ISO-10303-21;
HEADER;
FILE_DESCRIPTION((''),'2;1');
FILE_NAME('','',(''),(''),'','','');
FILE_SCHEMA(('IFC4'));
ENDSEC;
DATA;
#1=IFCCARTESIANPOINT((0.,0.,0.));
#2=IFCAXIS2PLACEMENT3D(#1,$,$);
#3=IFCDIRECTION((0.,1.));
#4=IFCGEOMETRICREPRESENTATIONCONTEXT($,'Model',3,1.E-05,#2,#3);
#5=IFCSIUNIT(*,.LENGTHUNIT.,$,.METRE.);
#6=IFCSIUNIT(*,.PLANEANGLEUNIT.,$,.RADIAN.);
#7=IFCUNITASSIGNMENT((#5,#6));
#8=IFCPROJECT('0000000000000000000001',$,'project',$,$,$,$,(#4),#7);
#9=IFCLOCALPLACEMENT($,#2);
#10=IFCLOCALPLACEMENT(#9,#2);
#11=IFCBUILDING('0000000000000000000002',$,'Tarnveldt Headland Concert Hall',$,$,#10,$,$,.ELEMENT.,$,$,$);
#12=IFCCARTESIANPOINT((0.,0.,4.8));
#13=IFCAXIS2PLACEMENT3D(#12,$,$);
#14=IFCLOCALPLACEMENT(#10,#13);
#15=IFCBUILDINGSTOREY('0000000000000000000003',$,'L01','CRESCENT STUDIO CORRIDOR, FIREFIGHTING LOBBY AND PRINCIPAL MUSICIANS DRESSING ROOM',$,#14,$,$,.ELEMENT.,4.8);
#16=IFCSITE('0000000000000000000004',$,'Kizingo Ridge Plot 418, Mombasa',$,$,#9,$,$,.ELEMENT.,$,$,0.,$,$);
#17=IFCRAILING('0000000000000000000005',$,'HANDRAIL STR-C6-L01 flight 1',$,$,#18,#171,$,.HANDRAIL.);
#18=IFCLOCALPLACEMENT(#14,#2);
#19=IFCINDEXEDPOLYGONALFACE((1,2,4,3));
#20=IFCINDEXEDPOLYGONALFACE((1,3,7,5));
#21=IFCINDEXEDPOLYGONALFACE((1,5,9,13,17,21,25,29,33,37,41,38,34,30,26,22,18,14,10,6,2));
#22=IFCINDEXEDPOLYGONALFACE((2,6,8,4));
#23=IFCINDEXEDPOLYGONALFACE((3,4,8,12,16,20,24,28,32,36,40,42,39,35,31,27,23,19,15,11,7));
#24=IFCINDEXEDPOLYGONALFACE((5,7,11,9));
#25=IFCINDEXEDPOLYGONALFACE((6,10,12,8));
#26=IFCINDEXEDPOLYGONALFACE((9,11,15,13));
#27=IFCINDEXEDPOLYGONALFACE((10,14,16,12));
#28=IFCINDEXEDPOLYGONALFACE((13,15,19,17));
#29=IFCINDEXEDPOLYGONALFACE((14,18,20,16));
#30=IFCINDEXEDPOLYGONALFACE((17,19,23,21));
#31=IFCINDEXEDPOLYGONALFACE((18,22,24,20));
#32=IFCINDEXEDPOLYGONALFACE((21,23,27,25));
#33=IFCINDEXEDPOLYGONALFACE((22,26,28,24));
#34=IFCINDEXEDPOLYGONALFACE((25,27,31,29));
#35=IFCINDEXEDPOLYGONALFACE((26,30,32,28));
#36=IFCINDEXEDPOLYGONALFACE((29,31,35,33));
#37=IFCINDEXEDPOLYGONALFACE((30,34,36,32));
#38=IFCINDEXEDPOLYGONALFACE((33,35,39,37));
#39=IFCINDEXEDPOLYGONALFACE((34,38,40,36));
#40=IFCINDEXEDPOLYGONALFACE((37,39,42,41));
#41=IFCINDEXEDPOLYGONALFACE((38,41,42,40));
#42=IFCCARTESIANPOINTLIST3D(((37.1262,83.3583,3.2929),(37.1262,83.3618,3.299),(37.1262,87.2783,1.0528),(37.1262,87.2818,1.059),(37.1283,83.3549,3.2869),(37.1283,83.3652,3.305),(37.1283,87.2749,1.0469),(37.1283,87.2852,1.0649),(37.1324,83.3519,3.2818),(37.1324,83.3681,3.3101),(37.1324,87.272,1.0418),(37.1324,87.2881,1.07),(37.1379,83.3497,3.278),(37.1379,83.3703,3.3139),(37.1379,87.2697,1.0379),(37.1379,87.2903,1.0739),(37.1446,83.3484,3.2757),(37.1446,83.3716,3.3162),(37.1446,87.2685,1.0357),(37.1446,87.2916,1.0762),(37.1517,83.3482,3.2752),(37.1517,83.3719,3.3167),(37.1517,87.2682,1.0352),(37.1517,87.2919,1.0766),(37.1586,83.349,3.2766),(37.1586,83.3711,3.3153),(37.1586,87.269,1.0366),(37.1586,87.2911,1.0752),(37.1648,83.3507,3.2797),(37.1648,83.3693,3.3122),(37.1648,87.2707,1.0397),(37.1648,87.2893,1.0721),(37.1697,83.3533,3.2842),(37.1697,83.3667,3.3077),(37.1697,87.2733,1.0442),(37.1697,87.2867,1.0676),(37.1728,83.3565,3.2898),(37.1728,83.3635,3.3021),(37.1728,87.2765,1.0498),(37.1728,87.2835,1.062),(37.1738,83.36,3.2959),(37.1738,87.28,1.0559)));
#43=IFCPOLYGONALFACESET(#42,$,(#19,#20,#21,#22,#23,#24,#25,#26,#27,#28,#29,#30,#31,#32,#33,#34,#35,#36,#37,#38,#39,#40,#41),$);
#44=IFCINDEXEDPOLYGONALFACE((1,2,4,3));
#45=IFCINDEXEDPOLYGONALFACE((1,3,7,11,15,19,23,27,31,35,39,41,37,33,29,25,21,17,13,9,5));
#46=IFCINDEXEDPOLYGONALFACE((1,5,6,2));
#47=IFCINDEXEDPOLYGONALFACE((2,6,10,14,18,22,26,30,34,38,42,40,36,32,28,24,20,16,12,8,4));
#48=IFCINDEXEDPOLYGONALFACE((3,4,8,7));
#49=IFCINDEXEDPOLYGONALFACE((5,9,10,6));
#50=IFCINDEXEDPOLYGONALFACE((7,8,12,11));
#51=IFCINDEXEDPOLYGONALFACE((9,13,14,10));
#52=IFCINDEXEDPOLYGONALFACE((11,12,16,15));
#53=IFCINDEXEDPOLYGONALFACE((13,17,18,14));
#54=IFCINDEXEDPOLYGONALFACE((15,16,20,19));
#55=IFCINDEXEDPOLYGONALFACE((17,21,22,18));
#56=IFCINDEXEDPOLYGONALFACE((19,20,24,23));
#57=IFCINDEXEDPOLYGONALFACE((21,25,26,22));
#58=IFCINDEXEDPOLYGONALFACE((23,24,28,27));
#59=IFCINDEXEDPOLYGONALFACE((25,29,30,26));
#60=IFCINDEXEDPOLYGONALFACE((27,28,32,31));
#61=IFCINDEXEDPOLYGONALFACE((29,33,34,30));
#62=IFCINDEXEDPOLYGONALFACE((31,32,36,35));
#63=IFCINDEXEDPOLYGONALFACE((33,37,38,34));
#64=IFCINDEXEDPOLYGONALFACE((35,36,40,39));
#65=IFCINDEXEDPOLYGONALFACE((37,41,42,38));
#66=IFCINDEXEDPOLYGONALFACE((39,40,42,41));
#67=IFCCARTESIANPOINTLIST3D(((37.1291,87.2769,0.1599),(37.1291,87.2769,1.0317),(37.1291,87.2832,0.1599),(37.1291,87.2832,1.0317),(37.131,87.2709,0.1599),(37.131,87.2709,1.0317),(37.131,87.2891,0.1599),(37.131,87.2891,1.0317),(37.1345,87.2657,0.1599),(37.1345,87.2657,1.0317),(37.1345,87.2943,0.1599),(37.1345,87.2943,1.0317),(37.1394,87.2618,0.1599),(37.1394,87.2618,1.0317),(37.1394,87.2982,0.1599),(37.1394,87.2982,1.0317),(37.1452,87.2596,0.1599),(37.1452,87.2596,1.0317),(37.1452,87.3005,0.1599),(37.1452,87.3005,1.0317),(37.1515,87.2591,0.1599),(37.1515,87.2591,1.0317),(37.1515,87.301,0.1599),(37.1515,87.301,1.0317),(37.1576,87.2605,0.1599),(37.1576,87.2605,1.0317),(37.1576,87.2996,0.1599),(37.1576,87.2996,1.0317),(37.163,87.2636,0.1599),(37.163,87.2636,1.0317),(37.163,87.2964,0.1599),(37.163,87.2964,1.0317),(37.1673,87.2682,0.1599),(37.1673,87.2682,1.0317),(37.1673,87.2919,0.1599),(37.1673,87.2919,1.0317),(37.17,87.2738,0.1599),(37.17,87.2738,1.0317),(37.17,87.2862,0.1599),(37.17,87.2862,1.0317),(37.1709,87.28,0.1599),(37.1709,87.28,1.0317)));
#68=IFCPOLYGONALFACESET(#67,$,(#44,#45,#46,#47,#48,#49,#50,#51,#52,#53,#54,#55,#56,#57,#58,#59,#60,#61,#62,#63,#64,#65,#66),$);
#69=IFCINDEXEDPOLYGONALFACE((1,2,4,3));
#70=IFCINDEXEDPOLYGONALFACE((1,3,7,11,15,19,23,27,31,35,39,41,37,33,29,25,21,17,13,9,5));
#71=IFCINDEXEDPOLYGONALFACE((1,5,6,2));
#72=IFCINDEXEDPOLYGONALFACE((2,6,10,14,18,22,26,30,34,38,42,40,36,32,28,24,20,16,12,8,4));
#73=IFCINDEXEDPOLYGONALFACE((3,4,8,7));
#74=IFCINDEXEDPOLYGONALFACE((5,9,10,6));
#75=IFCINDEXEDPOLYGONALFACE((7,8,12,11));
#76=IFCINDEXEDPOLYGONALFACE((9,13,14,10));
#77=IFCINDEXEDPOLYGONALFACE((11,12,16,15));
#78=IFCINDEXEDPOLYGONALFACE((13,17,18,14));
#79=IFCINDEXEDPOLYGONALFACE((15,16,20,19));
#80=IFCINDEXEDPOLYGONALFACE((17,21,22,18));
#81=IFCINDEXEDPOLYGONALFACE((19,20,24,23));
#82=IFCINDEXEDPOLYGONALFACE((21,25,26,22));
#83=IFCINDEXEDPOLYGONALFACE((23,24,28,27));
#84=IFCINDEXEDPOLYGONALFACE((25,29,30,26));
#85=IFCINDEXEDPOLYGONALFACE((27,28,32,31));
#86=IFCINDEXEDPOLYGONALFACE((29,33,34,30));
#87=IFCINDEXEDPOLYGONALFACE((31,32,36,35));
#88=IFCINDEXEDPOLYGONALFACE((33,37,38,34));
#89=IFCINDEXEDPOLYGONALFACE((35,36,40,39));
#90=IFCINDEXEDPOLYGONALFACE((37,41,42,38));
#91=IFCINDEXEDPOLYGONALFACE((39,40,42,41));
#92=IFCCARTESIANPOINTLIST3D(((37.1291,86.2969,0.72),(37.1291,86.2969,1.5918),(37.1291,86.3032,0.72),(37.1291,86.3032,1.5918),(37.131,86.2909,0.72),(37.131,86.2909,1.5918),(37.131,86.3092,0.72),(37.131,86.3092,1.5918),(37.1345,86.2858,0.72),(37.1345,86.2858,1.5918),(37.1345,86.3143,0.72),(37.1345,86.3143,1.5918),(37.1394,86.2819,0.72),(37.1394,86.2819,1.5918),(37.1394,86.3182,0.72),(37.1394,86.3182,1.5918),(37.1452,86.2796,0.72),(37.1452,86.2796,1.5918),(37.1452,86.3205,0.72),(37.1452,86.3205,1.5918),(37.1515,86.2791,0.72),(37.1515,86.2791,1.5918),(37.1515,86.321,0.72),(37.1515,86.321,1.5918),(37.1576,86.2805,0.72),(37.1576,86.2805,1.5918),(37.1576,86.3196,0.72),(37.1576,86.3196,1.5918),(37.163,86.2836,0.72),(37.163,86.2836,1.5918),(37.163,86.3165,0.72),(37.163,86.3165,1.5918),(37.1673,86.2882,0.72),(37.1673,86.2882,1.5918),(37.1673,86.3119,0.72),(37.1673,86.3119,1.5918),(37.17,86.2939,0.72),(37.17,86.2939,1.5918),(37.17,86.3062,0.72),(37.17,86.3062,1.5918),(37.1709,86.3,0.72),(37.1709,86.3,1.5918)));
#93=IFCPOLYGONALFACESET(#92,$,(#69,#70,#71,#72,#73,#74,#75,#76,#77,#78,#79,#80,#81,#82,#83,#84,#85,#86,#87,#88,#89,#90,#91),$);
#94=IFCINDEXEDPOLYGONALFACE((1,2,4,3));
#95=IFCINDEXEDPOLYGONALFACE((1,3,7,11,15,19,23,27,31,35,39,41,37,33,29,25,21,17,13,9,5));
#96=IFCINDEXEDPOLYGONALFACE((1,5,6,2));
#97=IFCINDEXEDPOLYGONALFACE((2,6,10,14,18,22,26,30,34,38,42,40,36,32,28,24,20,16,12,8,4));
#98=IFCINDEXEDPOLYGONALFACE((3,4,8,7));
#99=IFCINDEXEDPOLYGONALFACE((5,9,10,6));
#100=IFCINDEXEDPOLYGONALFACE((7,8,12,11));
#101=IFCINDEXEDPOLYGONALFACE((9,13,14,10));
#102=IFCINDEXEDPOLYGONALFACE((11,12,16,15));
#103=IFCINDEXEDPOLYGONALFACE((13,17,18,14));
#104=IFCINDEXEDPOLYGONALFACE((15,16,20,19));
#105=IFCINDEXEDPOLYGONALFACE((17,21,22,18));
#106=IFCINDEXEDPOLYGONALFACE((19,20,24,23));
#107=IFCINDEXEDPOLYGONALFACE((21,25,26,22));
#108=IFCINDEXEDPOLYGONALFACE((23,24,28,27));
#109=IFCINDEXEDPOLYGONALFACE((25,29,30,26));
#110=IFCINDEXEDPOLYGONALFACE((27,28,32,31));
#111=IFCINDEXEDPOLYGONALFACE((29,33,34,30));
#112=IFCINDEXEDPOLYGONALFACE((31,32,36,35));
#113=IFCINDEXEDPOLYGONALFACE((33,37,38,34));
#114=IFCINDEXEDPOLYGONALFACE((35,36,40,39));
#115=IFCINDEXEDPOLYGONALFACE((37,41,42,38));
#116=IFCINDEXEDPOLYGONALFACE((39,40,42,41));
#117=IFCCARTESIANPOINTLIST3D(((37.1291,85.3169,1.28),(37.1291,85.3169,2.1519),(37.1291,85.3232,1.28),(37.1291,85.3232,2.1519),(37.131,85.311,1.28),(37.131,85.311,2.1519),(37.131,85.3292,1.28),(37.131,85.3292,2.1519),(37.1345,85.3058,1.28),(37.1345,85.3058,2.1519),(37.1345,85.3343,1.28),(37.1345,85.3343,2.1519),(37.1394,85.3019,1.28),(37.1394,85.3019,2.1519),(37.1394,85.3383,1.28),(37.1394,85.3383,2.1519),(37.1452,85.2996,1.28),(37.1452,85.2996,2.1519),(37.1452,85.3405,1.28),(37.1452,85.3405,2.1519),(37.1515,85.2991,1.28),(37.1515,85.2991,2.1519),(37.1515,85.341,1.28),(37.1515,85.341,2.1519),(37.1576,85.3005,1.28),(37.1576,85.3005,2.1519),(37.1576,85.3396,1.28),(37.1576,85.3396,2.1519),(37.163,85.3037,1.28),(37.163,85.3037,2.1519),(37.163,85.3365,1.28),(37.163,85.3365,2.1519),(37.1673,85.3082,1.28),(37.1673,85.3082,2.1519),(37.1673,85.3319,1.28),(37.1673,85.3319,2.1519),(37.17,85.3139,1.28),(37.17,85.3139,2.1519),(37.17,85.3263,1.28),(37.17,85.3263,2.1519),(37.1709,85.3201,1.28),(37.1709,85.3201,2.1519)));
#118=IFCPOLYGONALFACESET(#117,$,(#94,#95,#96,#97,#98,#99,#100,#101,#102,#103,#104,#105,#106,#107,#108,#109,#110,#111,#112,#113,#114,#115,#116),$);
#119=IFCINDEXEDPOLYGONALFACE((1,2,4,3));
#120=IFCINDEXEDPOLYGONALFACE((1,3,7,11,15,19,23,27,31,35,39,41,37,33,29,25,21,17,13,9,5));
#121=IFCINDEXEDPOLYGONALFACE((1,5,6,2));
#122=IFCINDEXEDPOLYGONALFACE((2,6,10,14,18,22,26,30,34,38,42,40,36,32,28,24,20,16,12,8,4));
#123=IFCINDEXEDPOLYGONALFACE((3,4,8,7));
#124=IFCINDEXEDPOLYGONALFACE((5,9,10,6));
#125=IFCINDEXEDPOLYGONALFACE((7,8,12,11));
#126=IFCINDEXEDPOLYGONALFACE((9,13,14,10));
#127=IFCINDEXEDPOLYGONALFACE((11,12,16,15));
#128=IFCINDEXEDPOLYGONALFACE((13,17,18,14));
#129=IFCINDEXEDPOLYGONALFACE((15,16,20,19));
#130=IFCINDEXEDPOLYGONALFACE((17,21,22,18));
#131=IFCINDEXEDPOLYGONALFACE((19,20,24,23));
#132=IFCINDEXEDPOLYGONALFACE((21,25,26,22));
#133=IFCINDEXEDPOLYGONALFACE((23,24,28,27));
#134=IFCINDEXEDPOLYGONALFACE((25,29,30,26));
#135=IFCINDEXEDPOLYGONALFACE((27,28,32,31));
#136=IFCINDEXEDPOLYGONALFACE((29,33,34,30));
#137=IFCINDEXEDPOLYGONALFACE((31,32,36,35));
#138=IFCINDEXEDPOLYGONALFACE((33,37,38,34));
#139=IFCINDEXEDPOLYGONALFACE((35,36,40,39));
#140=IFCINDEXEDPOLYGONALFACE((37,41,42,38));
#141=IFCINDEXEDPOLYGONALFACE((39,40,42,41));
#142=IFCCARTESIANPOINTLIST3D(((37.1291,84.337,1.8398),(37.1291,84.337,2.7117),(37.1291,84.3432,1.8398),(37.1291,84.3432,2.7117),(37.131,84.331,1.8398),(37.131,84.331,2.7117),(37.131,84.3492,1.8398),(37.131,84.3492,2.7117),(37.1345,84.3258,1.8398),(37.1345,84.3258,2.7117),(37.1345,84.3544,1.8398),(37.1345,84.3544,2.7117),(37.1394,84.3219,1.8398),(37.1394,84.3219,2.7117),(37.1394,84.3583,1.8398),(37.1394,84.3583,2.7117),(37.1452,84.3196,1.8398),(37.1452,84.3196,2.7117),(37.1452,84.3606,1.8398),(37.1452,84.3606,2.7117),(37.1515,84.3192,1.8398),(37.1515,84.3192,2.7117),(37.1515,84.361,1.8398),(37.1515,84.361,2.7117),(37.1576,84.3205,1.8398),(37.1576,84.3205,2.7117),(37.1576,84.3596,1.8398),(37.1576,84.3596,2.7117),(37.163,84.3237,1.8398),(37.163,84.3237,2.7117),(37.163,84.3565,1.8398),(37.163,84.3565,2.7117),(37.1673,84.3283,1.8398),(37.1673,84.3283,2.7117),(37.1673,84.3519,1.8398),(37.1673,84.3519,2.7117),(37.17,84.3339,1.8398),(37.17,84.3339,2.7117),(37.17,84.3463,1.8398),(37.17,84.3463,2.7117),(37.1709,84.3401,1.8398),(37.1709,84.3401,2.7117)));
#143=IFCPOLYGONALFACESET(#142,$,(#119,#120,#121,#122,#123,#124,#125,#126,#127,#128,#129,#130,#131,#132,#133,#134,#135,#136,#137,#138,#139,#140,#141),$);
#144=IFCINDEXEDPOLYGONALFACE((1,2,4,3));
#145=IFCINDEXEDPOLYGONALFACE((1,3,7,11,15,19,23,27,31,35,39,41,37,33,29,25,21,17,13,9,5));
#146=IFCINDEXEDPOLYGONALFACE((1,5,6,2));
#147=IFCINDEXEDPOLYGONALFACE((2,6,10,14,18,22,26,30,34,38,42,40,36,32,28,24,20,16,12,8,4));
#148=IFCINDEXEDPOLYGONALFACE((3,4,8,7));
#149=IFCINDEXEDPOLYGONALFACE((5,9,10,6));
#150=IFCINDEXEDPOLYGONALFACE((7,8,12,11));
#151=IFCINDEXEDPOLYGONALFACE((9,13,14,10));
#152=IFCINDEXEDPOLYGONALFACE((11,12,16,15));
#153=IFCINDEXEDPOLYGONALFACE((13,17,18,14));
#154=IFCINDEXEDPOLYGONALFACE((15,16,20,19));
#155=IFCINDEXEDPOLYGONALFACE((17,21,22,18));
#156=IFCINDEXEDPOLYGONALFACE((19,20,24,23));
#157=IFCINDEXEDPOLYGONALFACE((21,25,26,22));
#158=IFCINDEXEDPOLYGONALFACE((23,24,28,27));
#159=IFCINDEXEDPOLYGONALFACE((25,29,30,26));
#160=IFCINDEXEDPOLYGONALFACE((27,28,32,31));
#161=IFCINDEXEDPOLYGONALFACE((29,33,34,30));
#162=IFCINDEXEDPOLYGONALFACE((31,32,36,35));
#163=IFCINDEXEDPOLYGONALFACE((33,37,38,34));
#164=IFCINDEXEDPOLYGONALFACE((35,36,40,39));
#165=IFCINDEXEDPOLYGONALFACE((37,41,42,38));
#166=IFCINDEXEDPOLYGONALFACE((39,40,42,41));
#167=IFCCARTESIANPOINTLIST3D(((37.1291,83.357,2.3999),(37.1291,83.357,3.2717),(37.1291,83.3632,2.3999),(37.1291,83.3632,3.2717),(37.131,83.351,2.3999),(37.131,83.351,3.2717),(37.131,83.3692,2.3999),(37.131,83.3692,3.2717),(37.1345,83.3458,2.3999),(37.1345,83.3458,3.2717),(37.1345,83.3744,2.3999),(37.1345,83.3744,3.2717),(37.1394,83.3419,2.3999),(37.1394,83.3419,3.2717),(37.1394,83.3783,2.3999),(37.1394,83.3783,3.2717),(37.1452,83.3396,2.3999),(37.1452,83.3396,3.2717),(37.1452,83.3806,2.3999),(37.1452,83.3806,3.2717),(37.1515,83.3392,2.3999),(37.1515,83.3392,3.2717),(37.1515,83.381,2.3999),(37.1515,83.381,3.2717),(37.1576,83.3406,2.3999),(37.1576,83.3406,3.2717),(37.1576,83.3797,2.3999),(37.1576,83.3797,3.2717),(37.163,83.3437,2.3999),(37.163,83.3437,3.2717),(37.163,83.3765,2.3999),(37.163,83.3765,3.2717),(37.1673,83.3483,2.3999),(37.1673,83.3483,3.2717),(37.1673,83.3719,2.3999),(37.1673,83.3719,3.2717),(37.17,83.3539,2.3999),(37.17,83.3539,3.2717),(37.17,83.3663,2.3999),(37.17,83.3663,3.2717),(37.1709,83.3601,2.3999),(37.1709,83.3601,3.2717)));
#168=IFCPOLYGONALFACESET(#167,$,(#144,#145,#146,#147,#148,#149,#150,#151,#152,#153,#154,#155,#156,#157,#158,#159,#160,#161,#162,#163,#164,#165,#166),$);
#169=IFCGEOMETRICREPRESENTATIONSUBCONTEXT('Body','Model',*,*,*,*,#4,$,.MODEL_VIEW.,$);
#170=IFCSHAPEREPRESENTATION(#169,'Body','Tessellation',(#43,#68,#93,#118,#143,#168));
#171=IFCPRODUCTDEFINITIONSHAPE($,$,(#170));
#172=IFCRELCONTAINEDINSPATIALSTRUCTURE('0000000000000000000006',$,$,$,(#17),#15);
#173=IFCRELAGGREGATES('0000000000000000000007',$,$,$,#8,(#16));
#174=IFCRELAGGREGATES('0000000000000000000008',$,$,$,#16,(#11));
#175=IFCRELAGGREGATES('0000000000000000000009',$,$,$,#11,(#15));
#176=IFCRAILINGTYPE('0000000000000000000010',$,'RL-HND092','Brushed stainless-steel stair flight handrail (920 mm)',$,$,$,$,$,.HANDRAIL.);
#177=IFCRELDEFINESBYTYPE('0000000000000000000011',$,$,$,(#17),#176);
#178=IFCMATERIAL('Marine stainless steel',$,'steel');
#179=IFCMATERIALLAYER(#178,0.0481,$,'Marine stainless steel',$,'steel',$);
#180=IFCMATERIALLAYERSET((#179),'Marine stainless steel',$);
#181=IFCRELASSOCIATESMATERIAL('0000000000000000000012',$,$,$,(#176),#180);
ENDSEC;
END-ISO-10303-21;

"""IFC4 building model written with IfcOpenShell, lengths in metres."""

from ifc_helpers import new_model, si_unit, direction, frame, origin, origin_2d, place, context, subcontext, project, spatial, circle, extrude, material, layer, layer_set, type_object, element, save


model = new_model("IFC4")

# Units and contexts
model_context = context("Model", 3, precision=1e-05, world=origin(), true_north=direction((0.0, 1.0)))
body_context = subcontext(model_context, "Body", "Model", "MODEL_VIEW")
ifc_project = project(units=[si_unit("LENGTHUNIT", "METRE"), si_unit("PLANEANGLEUNIT", "RADIAN")], contexts=[model_context])

# Site, building, storey
site_placement = place(None, origin())
site = spatial("IfcSite", under=ifc_project, at=site_placement, Name="Kizingo Ridge Plot 418, Mombasa", CompositionType="ELEMENT", RefElevation=0.0)
building_placement = place(site_placement, origin())
building = spatial("IfcBuilding", under=site, at=building_placement, Name="Tarnveldt Headland Concert Hall", CompositionType="ELEMENT")
storey_placement = place(building_placement, frame((0.0, 0.0, 4.8)))
storey = spatial("IfcBuildingStorey", under=building, at=storey_placement, Name="L01", Description="CRESCENT STUDIO CORRIDOR, FIREFIGHTING LOBBY AND PRINCIPAL MUSICIANS DRESSING ROOM", CompositionType="ELEMENT", Elevation=4.8)

# Railing
ifc_material_1 = material(Name="Marine stainless steel", Category="steel")
ifc_layer_1 = layer(ifc_material_1, 0.0481, Name="Marine stainless steel", Category="steel")
ifc_layer_set_1 = layer_set([ifc_layer_1], Name="Marine stainless steel")
railing_type_1 = type_object("IfcRailingType", Name="RL-HND092", Description="Brushed stainless-steel stair flight handrail (920 mm)", PredefinedType="HANDRAIL", material=ifc_layer_set_1)
railing_1_placement = place(storey_placement, frame((37.1499, 87.28, 0.1599)))
element("IfcRailing", 1, at=railing_1_placement, inside=storey, type_object=railing_type_1, Name="HANDRAIL STR-C6-L01 flight 1", PredefinedType="HANDRAIL", context=body_context, shape_type="SweptSolid", body=[
    extrude(circle(Radius=0.0239, at=origin_2d()), frame((0.0, 0.0, 0.896), z_axis=(0.0, -0.86824, 0.496145), x_axis=(1.0, 0.0, 0.0)), (0.0, 0.0, 1.0), 4.5149),
    extrude(circle(Radius=0.021, at=origin_2d()), origin(), (0.0, 0.0, 1.0), 0.8718),
    extrude(circle(Radius=0.021, at=origin_2d()), frame((0.0, -0.98, 0.5601)), (0.0, 0.0, 1.0), 0.8718),
    extrude(circle(Radius=0.021, at=origin_2d()), frame((0.0, -1.96, 1.1201)), (0.0, 0.0, 1.0), 0.8718),
    extrude(circle(Radius=0.021, at=origin_2d()), frame((0.0, -2.9399, 1.6799)), (0.0, 0.0, 1.0), 0.8718),
    extrude(circle(Radius=0.021, at=origin_2d()), frame((0.0, -3.9199, 2.24)), (0.0, 0.0, 1.0), 0.8718),
])

save(model, "model.ifc")
